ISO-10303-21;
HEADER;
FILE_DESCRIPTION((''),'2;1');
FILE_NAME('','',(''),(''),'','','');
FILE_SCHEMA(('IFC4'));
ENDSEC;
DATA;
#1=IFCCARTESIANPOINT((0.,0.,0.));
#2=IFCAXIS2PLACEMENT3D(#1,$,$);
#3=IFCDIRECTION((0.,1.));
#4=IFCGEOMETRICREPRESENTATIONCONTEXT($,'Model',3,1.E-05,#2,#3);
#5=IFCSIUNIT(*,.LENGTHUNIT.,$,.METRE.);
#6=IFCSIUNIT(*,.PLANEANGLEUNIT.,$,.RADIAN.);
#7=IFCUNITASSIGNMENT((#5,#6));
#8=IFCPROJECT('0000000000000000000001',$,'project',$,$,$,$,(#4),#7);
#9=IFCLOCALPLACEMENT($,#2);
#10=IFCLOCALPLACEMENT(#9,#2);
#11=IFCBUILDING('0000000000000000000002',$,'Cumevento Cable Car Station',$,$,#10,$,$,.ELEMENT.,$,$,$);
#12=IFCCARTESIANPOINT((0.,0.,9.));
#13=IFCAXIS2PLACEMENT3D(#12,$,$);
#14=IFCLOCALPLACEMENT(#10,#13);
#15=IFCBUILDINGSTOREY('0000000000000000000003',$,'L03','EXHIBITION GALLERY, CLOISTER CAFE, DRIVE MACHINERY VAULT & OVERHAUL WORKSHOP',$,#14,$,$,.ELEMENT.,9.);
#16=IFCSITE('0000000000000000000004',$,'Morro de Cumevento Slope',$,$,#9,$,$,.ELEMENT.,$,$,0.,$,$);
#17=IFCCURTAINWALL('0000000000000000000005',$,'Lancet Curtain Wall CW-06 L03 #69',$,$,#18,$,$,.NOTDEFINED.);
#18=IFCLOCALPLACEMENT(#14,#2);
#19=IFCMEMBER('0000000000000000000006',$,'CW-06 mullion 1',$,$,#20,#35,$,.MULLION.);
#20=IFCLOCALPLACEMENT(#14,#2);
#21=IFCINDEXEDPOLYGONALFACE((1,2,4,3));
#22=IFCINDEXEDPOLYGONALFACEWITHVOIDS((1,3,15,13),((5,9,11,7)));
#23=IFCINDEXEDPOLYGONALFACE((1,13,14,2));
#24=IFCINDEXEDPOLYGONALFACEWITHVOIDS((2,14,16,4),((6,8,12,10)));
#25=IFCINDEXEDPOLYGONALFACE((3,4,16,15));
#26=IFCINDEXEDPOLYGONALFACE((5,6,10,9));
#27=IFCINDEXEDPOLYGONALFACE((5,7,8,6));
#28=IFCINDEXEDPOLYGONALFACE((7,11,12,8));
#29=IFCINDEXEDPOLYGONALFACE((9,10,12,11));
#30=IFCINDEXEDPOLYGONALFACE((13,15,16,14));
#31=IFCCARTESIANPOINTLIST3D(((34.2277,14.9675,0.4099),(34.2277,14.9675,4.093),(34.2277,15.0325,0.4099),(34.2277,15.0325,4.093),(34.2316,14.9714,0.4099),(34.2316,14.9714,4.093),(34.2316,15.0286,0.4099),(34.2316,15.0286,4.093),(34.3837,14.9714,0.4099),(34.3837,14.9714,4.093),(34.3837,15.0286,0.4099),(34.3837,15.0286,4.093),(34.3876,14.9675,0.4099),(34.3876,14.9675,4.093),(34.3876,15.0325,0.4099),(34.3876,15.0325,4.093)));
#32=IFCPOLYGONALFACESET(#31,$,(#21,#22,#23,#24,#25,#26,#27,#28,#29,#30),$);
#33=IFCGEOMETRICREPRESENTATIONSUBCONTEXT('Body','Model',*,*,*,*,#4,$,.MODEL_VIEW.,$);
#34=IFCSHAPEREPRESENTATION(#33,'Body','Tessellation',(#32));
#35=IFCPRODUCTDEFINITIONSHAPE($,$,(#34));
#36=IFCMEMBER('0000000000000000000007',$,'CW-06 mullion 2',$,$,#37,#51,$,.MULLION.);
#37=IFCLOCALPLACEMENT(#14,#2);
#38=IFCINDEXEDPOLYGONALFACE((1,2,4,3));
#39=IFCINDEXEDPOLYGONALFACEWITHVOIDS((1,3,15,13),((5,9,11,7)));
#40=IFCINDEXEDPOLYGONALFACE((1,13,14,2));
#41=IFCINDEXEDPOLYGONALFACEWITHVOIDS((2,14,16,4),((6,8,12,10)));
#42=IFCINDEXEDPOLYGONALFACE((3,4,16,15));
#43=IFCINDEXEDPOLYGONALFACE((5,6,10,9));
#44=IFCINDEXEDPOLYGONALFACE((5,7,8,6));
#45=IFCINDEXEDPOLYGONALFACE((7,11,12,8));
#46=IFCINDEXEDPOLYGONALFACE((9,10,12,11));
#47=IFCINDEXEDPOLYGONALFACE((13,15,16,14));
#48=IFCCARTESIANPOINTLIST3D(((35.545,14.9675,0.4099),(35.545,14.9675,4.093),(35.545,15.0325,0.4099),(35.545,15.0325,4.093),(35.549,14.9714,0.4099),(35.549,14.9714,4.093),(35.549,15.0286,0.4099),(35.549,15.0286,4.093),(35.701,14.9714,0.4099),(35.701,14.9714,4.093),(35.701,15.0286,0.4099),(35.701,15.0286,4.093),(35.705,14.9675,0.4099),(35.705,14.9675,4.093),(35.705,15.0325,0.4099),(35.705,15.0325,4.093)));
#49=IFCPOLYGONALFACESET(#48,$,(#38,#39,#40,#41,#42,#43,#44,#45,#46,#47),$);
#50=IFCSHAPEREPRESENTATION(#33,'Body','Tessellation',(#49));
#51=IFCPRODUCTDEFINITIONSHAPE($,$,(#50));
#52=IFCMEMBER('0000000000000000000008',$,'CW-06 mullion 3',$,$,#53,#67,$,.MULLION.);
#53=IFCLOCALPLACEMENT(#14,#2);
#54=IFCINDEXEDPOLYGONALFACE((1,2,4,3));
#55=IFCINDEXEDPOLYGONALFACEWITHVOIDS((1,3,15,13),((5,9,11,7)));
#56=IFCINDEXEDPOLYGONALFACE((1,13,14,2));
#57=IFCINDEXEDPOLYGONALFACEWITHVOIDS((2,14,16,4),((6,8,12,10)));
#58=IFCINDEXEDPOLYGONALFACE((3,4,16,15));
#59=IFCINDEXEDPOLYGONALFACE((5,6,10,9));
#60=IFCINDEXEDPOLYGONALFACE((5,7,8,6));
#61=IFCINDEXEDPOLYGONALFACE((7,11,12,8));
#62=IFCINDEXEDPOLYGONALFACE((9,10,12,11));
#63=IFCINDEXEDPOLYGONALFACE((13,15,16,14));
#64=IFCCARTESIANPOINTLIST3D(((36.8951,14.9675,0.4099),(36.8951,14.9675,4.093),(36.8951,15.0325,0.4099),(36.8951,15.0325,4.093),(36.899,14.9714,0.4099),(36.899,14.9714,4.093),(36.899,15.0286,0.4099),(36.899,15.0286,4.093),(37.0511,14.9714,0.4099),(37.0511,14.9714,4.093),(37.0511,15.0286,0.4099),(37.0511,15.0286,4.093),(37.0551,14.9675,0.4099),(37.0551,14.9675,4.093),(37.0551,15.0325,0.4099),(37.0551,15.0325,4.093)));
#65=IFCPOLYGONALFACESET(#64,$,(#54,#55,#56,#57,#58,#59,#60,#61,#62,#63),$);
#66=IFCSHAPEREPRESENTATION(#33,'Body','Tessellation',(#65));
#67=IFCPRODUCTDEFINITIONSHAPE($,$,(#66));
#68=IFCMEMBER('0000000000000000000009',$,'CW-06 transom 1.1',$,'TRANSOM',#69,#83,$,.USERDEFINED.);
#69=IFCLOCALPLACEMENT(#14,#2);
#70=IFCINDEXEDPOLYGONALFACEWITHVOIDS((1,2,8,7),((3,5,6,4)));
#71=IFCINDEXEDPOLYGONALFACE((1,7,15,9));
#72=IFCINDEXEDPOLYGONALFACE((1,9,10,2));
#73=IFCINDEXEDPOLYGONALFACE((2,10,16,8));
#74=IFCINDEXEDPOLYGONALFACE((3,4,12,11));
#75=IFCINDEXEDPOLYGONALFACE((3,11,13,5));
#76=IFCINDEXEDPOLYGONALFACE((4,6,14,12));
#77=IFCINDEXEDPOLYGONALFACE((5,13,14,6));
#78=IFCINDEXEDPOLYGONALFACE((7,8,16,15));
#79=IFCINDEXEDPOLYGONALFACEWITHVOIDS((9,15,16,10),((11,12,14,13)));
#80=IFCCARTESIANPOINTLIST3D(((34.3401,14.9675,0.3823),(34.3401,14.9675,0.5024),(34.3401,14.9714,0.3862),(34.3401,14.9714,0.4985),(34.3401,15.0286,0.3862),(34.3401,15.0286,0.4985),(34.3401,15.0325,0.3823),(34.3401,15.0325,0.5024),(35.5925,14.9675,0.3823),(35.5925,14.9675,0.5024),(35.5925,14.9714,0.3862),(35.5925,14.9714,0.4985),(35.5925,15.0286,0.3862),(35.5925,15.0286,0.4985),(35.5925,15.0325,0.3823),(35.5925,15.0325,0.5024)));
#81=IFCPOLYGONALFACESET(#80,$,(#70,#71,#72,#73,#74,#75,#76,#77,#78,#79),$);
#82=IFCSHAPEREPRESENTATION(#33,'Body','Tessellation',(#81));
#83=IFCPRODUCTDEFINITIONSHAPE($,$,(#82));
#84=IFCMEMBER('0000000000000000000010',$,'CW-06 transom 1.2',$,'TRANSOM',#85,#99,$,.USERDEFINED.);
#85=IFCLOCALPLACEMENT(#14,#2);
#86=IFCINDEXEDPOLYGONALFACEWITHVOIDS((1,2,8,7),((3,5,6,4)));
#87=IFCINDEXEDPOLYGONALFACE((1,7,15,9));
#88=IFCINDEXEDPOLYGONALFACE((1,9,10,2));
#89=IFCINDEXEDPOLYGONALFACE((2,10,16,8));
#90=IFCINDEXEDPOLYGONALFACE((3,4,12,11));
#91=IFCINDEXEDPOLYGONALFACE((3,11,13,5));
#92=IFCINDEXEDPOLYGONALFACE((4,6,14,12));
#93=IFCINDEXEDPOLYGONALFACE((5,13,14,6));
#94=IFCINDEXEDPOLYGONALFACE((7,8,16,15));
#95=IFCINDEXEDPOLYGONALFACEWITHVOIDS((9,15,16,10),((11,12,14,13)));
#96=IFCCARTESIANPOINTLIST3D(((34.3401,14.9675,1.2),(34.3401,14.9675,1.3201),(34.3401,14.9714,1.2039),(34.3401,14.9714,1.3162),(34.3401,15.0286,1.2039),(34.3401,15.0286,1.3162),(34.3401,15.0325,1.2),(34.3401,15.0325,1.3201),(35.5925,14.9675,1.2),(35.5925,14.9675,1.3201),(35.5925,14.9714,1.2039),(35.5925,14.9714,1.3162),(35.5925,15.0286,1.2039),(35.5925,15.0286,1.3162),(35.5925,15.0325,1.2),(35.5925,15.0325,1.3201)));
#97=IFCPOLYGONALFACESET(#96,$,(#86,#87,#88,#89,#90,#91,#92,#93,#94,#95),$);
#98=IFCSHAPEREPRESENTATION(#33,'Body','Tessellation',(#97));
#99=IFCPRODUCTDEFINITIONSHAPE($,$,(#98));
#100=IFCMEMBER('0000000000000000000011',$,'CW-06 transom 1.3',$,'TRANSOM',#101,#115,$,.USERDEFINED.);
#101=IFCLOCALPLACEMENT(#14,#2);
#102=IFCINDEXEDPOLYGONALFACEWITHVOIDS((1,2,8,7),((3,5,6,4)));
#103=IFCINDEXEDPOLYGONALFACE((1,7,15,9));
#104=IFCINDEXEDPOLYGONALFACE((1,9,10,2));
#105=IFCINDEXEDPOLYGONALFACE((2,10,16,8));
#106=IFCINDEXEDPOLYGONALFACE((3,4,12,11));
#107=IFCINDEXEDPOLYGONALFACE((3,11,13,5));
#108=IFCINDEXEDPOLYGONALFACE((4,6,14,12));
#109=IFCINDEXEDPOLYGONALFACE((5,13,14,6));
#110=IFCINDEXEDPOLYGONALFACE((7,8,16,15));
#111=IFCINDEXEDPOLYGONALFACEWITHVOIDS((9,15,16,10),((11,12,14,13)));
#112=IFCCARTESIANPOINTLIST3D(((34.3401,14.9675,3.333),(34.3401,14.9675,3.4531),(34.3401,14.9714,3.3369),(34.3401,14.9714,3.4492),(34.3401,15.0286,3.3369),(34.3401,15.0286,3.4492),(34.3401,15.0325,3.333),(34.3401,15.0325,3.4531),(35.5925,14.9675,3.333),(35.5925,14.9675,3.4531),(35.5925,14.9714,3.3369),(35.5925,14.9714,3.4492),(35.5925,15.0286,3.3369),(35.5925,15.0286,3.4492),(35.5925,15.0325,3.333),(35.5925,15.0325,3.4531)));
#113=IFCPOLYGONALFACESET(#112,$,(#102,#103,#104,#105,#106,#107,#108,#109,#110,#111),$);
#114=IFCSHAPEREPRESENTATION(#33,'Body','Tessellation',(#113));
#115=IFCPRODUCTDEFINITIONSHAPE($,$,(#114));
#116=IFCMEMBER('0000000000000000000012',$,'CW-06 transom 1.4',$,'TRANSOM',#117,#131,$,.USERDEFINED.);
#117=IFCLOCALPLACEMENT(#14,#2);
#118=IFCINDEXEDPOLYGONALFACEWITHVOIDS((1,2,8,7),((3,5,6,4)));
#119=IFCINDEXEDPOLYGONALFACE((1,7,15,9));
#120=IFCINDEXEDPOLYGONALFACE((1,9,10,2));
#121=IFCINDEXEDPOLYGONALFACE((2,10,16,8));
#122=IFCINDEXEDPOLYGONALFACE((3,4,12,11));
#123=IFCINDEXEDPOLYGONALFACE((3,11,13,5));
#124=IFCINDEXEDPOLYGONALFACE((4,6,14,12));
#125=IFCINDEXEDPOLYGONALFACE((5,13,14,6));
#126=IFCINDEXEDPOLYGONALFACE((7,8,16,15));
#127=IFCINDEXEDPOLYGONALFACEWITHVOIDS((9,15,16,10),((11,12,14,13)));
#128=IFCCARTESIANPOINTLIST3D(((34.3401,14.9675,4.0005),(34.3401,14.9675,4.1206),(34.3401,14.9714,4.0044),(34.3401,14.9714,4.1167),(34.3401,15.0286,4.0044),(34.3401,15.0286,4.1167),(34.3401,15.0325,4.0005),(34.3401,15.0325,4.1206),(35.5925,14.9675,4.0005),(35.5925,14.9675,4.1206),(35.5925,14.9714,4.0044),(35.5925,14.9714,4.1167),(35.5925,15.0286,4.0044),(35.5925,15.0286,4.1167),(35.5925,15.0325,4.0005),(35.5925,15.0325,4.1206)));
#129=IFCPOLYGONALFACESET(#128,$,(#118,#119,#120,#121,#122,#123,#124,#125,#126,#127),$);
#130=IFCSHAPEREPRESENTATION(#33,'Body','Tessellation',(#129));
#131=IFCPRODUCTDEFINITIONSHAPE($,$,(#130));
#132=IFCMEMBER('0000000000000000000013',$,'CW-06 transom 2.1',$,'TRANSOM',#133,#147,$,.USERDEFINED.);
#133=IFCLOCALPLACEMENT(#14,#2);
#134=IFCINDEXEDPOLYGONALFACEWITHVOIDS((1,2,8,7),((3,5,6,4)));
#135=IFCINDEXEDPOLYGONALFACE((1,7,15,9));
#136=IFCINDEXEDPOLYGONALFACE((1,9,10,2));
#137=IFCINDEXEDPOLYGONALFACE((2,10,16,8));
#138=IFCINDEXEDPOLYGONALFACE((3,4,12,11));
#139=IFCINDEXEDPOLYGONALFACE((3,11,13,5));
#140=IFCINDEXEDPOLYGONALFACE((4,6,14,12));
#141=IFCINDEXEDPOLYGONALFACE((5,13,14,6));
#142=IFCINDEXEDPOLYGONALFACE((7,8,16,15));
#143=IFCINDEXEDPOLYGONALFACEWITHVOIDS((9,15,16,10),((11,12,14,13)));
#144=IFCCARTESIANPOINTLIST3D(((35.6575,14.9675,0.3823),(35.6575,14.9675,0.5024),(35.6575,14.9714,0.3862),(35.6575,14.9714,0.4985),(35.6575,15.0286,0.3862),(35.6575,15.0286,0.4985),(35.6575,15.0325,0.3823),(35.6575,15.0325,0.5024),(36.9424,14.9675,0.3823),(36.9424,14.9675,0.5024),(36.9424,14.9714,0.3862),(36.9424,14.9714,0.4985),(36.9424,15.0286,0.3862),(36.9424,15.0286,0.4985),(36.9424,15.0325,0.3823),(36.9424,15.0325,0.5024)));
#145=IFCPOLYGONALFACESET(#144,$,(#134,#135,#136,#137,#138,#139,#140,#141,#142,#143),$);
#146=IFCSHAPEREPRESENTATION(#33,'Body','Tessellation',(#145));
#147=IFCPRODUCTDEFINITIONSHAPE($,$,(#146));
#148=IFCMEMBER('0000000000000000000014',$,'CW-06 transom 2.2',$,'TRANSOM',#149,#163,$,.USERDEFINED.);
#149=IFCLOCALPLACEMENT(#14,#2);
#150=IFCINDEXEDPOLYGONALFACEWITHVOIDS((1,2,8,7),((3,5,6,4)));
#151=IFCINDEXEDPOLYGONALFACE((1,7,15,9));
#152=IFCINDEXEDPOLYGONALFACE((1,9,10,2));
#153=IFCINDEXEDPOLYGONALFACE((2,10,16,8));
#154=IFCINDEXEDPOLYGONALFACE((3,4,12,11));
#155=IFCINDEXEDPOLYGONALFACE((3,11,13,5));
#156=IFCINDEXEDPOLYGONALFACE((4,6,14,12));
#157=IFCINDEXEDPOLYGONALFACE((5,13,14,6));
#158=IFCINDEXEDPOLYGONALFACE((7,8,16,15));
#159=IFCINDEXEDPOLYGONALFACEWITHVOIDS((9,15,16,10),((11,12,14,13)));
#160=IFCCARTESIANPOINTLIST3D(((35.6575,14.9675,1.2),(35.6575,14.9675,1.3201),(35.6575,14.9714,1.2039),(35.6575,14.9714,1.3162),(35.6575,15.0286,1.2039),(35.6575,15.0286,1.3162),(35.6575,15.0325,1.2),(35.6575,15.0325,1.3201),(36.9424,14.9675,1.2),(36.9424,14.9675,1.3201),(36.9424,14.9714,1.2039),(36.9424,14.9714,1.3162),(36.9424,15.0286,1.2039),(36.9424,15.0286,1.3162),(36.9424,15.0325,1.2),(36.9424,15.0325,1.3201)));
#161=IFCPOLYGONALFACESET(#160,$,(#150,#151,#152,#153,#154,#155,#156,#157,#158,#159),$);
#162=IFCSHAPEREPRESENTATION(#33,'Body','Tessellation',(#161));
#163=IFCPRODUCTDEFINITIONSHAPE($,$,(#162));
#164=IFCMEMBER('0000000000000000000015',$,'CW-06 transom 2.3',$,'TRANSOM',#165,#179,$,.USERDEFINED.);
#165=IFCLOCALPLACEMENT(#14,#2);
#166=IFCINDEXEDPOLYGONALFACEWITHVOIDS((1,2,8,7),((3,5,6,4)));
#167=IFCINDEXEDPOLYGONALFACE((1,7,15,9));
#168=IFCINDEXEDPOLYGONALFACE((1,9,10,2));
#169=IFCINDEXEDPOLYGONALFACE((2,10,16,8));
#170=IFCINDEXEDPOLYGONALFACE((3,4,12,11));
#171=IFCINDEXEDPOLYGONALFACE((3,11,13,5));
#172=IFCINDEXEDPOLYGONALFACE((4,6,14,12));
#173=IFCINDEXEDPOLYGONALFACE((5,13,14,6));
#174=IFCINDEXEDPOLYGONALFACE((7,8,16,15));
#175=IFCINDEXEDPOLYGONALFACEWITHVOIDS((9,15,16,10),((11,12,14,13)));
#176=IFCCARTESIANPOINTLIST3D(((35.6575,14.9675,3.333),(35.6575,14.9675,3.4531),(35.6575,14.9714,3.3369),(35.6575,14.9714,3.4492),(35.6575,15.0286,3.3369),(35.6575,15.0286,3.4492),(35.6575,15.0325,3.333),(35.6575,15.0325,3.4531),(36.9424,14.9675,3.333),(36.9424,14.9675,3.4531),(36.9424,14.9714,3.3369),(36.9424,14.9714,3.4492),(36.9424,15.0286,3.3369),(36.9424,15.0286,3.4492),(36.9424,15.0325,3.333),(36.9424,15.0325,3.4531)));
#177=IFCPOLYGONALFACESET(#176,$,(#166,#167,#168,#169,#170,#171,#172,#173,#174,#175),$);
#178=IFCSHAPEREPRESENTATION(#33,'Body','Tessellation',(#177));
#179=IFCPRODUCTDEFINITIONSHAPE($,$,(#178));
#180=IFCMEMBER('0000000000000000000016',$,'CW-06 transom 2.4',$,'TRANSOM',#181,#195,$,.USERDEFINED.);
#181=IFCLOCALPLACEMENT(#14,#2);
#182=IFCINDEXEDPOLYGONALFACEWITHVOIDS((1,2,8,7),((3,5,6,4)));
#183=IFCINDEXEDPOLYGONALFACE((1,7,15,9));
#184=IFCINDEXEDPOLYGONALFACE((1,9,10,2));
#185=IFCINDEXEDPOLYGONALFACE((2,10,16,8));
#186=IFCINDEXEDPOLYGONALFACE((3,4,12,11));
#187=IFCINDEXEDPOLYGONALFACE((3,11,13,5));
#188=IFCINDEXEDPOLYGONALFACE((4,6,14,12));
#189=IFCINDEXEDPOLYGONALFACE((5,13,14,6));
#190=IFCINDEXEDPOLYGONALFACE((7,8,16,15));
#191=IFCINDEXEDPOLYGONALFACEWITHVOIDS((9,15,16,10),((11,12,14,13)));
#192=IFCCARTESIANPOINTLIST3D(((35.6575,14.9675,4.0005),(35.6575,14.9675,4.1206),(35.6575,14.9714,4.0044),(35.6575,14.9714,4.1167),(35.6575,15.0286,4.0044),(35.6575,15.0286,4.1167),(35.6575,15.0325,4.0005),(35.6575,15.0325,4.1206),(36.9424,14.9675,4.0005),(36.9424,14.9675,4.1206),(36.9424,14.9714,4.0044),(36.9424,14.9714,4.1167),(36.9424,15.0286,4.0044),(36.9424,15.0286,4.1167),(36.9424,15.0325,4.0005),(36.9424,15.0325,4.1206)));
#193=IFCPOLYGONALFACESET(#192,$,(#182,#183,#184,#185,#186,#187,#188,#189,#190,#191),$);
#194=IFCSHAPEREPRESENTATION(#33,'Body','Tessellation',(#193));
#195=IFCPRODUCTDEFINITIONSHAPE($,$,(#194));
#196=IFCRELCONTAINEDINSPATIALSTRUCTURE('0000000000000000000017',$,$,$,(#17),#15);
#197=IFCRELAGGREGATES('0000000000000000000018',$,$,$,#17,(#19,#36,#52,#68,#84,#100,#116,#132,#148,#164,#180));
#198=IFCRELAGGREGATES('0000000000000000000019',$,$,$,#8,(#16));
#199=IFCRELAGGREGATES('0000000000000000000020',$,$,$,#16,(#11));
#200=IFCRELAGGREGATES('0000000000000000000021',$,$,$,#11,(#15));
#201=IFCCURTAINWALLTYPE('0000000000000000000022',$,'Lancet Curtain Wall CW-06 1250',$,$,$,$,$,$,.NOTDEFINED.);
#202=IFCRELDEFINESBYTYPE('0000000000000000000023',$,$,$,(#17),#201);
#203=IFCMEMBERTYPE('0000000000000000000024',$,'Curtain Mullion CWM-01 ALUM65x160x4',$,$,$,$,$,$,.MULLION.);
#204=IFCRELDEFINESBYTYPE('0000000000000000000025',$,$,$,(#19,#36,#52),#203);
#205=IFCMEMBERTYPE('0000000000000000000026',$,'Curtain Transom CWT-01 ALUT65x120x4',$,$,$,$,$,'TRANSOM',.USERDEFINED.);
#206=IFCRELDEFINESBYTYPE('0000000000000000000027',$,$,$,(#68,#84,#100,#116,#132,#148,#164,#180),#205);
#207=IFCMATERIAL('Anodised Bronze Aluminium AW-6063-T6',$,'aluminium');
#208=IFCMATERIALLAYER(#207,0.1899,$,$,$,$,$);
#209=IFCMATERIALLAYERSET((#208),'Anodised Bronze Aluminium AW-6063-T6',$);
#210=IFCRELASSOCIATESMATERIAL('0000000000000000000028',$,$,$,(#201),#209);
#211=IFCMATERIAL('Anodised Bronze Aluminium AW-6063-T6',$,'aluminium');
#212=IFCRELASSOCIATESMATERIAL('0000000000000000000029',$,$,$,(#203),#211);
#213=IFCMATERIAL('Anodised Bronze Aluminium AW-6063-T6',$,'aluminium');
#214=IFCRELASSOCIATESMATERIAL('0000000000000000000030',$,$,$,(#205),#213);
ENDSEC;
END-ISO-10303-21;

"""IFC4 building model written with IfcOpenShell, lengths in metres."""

from ifc_helpers import new_model, si_unit, direction, frame, origin, origin_2d, place, context, subcontext, project, spatial, hollow_rectangle, extrude, material, layer, layer_set, material_profile, profile_set, type_object, element, aggregate, save


model = new_model("IFC4")

# Units and contexts
model_context = context("Model", 3, precision=1e-05, world=origin(), true_north=direction((0.0, 1.0)))
body_context = subcontext(model_context, "Body", "Model", "MODEL_VIEW")
ifc_project = project(units=[si_unit("LENGTHUNIT", "METRE"), si_unit("PLANEANGLEUNIT", "RADIAN")], contexts=[model_context])

# Site, building, storey
site_placement = place(None, origin())
site = spatial("IfcSite", under=ifc_project, at=site_placement, Name="Morro de Cumevento Slope", CompositionType="ELEMENT", RefElevation=0.0)
building_placement = place(site_placement, origin())
building = spatial("IfcBuilding", under=site, at=building_placement, Name="Cumevento Cable Car Station", CompositionType="ELEMENT")
storey_placement = place(building_placement, frame((0.0, 0.0, 9.0)))
storey = spatial("IfcBuildingStorey", under=building, at=storey_placement, Name="L03", Description="EXHIBITION GALLERY, CLOISTER CAFE, DRIVE MACHINERY VAULT & OVERHAUL WORKSHOP", CompositionType="ELEMENT", Elevation=9.0)

# Curtain wall, members
ifc_material_1 = material(Name="Anodised Bronze Aluminium AW-6063-T6", Category="aluminium")
ifc_layer_1 = layer(ifc_material_1, 0.1899)
ifc_layer_set_1 = layer_set([ifc_layer_1], Name="Anodised Bronze Aluminium AW-6063-T6")
curtain_wall_type = type_object("IfcCurtainWallType", Name="Lancet Curtain Wall CW-06 1250", PredefinedType="NOTDEFINED", material=ifc_layer_set_1)
curtain_wall_placement = place(storey_placement, origin())
curtain_wall = element("IfcCurtainWall", 1, at=curtain_wall_placement, inside=storey, type_object=curtain_wall_type, Name="Lancet Curtain Wall CW-06 L03 #69", PredefinedType="NOTDEFINED")
ifc_material_2 = material(Name="Anodised Bronze Aluminium AW-6063-T6", Category="aluminium")
ifc_material_profile_1 = material_profile(ifc_material_2, hollow_rectangle(XDim=0.0649, YDim=0.1599, WallThickness=0.0039, at=origin_2d()), Name="ALUM65x160x4")
ifc_profile_set_1 = profile_set([ifc_material_profile_1], Name="Anodised Bronze Aluminium AW-6063-T6")
member_type_1 = type_object("IfcMemberType", Name="Curtain Mullion CWM-01 ALUM65x160x4", PredefinedType="MULLION", material=ifc_profile_set_1)
member_1_placement = place(storey_placement, frame((34.3076, 15.0, 0.4099), z_axis=(0.0, 0.0, 1.0), x_axis=(0.0, 1.0, 0.0)))
member_1 = element("IfcMember", 2, at=member_1_placement, type_object=member_type_1, Name="CW-06 mullion 1", PredefinedType="MULLION", context=body_context, shape_type="SweptSolid", body=[
    extrude(hollow_rectangle(XDim=0.0649, YDim=0.1599, WallThickness=0.0039, at=origin_2d()), origin(), (0.0, 0.0, 1.0), 3.6831),
])
member_2_placement = place(storey_placement, frame((35.625, 15.0, 0.4099), z_axis=(0.0, 0.0, 1.0), x_axis=(0.0, 1.0, 0.0)))
member_2 = element("IfcMember", 3, at=member_2_placement, type_object=member_type_1, Name="CW-06 mullion 2", PredefinedType="MULLION", context=body_context, shape_type="SweptSolid", body=[
    extrude(hollow_rectangle(XDim=0.0649, YDim=0.1599, WallThickness=0.0039, at=origin_2d()), origin(), (0.0, 0.0, 1.0), 3.6831),
])
member_3_placement = place(storey_placement, frame((36.9751, 15.0, 0.4099), z_axis=(0.0, 0.0, 1.0), x_axis=(0.0, 1.0, 0.0)))
member_3 = element("IfcMember", 4, at=member_3_placement, type_object=member_type_1, Name="CW-06 mullion 3", PredefinedType="MULLION", context=body_context, shape_type="SweptSolid", body=[
    extrude(hollow_rectangle(XDim=0.0649, YDim=0.1599, WallThickness=0.0039, at=origin_2d()), origin(), (0.0, 0.0, 1.0), 3.6831),
])
ifc_material_3 = material(Name="Anodised Bronze Aluminium AW-6063-T6", Category="aluminium")
ifc_material_profile_2 = material_profile(ifc_material_3, hollow_rectangle(XDim=0.0649, YDim=0.1201, WallThickness=0.0039, at=origin_2d()), Name="ALUT65x120x4")
ifc_profile_set_2 = profile_set([ifc_material_profile_2], Name="Anodised Bronze Aluminium AW-6063-T6")
member_type_2 = type_object("IfcMemberType", Name="Curtain Transom CWT-01 ALUT65x120x4", ElementType="TRANSOM", PredefinedType="USERDEFINED", material=ifc_profile_set_2)
member_4_placement = place(storey_placement, frame((34.3401, 15.0, 0.4424), z_axis=(1.0, 0.0, 0.0), x_axis=(0.0, 1.0, 0.0)))
member_4 = element("IfcMember", 5, at=member_4_placement, type_object=member_type_2, Name="CW-06 transom 1.1", ObjectType="TRANSOM", PredefinedType="USERDEFINED", context=body_context, shape_type="SweptSolid", body=[
    extrude(hollow_rectangle(XDim=0.0649, YDim=0.1201, WallThickness=0.0039, at=origin_2d()), origin(), (0.0, 0.0, 1.0), 1.2524),
])
member_5_placement = place(storey_placement, frame((34.3401, 15.0, 1.26), z_axis=(1.0, 0.0, 0.0), x_axis=(0.0, 1.0, 0.0)))
member_5 = element("IfcMember", 6, at=member_5_placement, type_object=member_type_2, Name="CW-06 transom 1.2", ObjectType="TRANSOM", PredefinedType="USERDEFINED", context=body_context, shape_type="SweptSolid", body=[
    extrude(hollow_rectangle(XDim=0.0649, YDim=0.1201, WallThickness=0.0039, at=origin_2d()), origin(), (0.0, 0.0, 1.0), 1.2524),
])
member_6_placement = place(storey_placement, frame((34.3401, 15.0, 3.3931), z_axis=(1.0, 0.0, 0.0), x_axis=(0.0, 1.0, 0.0)))
member_6 = element("IfcMember", 7, at=member_6_placement, type_object=member_type_2, Name="CW-06 transom 1.3", ObjectType="TRANSOM", PredefinedType="USERDEFINED", context=body_context, shape_type="SweptSolid", body=[
    extrude(hollow_rectangle(XDim=0.0649, YDim=0.1201, WallThickness=0.0039, at=origin_2d()), origin(), (0.0, 0.0, 1.0), 1.2524),
])
member_7_placement = place(storey_placement, frame((34.3401, 15.0, 4.0605), z_axis=(1.0, 0.0, 0.0), x_axis=(0.0, 1.0, 0.0)))
member_7 = element("IfcMember", 8, at=member_7_placement, type_object=member_type_2, Name="CW-06 transom 1.4", ObjectType="TRANSOM", PredefinedType="USERDEFINED", context=body_context, shape_type="SweptSolid", body=[
    extrude(hollow_rectangle(XDim=0.0649, YDim=0.1201, WallThickness=0.0039, at=origin_2d()), origin(), (0.0, 0.0, 1.0), 1.2524),
])
member_8_placement = place(storey_placement, frame((35.6575, 15.0, 0.4424), z_axis=(1.0, 0.0, 0.0), x_axis=(0.0, 1.0, 0.0)))
member_8 = element("IfcMember", 9, at=member_8_placement, type_object=member_type_2, Name="CW-06 transom 2.1", ObjectType="TRANSOM", PredefinedType="USERDEFINED", context=body_context, shape_type="SweptSolid", body=[
    extrude(hollow_rectangle(XDim=0.0649, YDim=0.1201, WallThickness=0.0039, at=origin_2d()), origin(), (0.0, 0.0, 1.0), 1.2849),
])
member_9_placement = place(storey_placement, frame((35.6575, 15.0, 1.26), z_axis=(1.0, 0.0, 0.0), x_axis=(0.0, 1.0, 0.0)))
member_9 = element("IfcMember", 10, at=member_9_placement, type_object=member_type_2, Name="CW-06 transom 2.2", ObjectType="TRANSOM", PredefinedType="USERDEFINED", context=body_context, shape_type="SweptSolid", body=[
    extrude(hollow_rectangle(XDim=0.0649, YDim=0.1201, WallThickness=0.0039, at=origin_2d()), origin(), (0.0, 0.0, 1.0), 1.2849),
])
member_10_placement = place(storey_placement, frame((35.6575, 15.0, 3.3931), z_axis=(1.0, 0.0, 0.0), x_axis=(0.0, 1.0, 0.0)))
member_10 = element("IfcMember", 11, at=member_10_placement, type_object=member_type_2, Name="CW-06 transom 2.3", ObjectType="TRANSOM", PredefinedType="USERDEFINED", context=body_context, shape_type="SweptSolid", body=[
    extrude(hollow_rectangle(XDim=0.0649, YDim=0.1201, WallThickness=0.0039, at=origin_2d()), origin(), (0.0, 0.0, 1.0), 1.2849),
])
member_11_placement = place(storey_placement, frame((35.6575, 15.0, 4.0605), z_axis=(1.0, 0.0, 0.0), x_axis=(0.0, 1.0, 0.0)))
member_11 = element("IfcMember", 12, at=member_11_placement, type_object=member_type_2, Name="CW-06 transom 2.4", ObjectType="TRANSOM", PredefinedType="USERDEFINED", context=body_context, shape_type="SweptSolid", body=[
    extrude(hollow_rectangle(XDim=0.0649, YDim=0.1201, WallThickness=0.0039, at=origin_2d()), origin(), (0.0, 0.0, 1.0), 1.2849),
])

aggregate(curtain_wall, [member_1, member_2, member_3, member_4, member_5, member_6, member_7, member_8, member_9, member_10, member_11])

save(model, "model.ifc")
